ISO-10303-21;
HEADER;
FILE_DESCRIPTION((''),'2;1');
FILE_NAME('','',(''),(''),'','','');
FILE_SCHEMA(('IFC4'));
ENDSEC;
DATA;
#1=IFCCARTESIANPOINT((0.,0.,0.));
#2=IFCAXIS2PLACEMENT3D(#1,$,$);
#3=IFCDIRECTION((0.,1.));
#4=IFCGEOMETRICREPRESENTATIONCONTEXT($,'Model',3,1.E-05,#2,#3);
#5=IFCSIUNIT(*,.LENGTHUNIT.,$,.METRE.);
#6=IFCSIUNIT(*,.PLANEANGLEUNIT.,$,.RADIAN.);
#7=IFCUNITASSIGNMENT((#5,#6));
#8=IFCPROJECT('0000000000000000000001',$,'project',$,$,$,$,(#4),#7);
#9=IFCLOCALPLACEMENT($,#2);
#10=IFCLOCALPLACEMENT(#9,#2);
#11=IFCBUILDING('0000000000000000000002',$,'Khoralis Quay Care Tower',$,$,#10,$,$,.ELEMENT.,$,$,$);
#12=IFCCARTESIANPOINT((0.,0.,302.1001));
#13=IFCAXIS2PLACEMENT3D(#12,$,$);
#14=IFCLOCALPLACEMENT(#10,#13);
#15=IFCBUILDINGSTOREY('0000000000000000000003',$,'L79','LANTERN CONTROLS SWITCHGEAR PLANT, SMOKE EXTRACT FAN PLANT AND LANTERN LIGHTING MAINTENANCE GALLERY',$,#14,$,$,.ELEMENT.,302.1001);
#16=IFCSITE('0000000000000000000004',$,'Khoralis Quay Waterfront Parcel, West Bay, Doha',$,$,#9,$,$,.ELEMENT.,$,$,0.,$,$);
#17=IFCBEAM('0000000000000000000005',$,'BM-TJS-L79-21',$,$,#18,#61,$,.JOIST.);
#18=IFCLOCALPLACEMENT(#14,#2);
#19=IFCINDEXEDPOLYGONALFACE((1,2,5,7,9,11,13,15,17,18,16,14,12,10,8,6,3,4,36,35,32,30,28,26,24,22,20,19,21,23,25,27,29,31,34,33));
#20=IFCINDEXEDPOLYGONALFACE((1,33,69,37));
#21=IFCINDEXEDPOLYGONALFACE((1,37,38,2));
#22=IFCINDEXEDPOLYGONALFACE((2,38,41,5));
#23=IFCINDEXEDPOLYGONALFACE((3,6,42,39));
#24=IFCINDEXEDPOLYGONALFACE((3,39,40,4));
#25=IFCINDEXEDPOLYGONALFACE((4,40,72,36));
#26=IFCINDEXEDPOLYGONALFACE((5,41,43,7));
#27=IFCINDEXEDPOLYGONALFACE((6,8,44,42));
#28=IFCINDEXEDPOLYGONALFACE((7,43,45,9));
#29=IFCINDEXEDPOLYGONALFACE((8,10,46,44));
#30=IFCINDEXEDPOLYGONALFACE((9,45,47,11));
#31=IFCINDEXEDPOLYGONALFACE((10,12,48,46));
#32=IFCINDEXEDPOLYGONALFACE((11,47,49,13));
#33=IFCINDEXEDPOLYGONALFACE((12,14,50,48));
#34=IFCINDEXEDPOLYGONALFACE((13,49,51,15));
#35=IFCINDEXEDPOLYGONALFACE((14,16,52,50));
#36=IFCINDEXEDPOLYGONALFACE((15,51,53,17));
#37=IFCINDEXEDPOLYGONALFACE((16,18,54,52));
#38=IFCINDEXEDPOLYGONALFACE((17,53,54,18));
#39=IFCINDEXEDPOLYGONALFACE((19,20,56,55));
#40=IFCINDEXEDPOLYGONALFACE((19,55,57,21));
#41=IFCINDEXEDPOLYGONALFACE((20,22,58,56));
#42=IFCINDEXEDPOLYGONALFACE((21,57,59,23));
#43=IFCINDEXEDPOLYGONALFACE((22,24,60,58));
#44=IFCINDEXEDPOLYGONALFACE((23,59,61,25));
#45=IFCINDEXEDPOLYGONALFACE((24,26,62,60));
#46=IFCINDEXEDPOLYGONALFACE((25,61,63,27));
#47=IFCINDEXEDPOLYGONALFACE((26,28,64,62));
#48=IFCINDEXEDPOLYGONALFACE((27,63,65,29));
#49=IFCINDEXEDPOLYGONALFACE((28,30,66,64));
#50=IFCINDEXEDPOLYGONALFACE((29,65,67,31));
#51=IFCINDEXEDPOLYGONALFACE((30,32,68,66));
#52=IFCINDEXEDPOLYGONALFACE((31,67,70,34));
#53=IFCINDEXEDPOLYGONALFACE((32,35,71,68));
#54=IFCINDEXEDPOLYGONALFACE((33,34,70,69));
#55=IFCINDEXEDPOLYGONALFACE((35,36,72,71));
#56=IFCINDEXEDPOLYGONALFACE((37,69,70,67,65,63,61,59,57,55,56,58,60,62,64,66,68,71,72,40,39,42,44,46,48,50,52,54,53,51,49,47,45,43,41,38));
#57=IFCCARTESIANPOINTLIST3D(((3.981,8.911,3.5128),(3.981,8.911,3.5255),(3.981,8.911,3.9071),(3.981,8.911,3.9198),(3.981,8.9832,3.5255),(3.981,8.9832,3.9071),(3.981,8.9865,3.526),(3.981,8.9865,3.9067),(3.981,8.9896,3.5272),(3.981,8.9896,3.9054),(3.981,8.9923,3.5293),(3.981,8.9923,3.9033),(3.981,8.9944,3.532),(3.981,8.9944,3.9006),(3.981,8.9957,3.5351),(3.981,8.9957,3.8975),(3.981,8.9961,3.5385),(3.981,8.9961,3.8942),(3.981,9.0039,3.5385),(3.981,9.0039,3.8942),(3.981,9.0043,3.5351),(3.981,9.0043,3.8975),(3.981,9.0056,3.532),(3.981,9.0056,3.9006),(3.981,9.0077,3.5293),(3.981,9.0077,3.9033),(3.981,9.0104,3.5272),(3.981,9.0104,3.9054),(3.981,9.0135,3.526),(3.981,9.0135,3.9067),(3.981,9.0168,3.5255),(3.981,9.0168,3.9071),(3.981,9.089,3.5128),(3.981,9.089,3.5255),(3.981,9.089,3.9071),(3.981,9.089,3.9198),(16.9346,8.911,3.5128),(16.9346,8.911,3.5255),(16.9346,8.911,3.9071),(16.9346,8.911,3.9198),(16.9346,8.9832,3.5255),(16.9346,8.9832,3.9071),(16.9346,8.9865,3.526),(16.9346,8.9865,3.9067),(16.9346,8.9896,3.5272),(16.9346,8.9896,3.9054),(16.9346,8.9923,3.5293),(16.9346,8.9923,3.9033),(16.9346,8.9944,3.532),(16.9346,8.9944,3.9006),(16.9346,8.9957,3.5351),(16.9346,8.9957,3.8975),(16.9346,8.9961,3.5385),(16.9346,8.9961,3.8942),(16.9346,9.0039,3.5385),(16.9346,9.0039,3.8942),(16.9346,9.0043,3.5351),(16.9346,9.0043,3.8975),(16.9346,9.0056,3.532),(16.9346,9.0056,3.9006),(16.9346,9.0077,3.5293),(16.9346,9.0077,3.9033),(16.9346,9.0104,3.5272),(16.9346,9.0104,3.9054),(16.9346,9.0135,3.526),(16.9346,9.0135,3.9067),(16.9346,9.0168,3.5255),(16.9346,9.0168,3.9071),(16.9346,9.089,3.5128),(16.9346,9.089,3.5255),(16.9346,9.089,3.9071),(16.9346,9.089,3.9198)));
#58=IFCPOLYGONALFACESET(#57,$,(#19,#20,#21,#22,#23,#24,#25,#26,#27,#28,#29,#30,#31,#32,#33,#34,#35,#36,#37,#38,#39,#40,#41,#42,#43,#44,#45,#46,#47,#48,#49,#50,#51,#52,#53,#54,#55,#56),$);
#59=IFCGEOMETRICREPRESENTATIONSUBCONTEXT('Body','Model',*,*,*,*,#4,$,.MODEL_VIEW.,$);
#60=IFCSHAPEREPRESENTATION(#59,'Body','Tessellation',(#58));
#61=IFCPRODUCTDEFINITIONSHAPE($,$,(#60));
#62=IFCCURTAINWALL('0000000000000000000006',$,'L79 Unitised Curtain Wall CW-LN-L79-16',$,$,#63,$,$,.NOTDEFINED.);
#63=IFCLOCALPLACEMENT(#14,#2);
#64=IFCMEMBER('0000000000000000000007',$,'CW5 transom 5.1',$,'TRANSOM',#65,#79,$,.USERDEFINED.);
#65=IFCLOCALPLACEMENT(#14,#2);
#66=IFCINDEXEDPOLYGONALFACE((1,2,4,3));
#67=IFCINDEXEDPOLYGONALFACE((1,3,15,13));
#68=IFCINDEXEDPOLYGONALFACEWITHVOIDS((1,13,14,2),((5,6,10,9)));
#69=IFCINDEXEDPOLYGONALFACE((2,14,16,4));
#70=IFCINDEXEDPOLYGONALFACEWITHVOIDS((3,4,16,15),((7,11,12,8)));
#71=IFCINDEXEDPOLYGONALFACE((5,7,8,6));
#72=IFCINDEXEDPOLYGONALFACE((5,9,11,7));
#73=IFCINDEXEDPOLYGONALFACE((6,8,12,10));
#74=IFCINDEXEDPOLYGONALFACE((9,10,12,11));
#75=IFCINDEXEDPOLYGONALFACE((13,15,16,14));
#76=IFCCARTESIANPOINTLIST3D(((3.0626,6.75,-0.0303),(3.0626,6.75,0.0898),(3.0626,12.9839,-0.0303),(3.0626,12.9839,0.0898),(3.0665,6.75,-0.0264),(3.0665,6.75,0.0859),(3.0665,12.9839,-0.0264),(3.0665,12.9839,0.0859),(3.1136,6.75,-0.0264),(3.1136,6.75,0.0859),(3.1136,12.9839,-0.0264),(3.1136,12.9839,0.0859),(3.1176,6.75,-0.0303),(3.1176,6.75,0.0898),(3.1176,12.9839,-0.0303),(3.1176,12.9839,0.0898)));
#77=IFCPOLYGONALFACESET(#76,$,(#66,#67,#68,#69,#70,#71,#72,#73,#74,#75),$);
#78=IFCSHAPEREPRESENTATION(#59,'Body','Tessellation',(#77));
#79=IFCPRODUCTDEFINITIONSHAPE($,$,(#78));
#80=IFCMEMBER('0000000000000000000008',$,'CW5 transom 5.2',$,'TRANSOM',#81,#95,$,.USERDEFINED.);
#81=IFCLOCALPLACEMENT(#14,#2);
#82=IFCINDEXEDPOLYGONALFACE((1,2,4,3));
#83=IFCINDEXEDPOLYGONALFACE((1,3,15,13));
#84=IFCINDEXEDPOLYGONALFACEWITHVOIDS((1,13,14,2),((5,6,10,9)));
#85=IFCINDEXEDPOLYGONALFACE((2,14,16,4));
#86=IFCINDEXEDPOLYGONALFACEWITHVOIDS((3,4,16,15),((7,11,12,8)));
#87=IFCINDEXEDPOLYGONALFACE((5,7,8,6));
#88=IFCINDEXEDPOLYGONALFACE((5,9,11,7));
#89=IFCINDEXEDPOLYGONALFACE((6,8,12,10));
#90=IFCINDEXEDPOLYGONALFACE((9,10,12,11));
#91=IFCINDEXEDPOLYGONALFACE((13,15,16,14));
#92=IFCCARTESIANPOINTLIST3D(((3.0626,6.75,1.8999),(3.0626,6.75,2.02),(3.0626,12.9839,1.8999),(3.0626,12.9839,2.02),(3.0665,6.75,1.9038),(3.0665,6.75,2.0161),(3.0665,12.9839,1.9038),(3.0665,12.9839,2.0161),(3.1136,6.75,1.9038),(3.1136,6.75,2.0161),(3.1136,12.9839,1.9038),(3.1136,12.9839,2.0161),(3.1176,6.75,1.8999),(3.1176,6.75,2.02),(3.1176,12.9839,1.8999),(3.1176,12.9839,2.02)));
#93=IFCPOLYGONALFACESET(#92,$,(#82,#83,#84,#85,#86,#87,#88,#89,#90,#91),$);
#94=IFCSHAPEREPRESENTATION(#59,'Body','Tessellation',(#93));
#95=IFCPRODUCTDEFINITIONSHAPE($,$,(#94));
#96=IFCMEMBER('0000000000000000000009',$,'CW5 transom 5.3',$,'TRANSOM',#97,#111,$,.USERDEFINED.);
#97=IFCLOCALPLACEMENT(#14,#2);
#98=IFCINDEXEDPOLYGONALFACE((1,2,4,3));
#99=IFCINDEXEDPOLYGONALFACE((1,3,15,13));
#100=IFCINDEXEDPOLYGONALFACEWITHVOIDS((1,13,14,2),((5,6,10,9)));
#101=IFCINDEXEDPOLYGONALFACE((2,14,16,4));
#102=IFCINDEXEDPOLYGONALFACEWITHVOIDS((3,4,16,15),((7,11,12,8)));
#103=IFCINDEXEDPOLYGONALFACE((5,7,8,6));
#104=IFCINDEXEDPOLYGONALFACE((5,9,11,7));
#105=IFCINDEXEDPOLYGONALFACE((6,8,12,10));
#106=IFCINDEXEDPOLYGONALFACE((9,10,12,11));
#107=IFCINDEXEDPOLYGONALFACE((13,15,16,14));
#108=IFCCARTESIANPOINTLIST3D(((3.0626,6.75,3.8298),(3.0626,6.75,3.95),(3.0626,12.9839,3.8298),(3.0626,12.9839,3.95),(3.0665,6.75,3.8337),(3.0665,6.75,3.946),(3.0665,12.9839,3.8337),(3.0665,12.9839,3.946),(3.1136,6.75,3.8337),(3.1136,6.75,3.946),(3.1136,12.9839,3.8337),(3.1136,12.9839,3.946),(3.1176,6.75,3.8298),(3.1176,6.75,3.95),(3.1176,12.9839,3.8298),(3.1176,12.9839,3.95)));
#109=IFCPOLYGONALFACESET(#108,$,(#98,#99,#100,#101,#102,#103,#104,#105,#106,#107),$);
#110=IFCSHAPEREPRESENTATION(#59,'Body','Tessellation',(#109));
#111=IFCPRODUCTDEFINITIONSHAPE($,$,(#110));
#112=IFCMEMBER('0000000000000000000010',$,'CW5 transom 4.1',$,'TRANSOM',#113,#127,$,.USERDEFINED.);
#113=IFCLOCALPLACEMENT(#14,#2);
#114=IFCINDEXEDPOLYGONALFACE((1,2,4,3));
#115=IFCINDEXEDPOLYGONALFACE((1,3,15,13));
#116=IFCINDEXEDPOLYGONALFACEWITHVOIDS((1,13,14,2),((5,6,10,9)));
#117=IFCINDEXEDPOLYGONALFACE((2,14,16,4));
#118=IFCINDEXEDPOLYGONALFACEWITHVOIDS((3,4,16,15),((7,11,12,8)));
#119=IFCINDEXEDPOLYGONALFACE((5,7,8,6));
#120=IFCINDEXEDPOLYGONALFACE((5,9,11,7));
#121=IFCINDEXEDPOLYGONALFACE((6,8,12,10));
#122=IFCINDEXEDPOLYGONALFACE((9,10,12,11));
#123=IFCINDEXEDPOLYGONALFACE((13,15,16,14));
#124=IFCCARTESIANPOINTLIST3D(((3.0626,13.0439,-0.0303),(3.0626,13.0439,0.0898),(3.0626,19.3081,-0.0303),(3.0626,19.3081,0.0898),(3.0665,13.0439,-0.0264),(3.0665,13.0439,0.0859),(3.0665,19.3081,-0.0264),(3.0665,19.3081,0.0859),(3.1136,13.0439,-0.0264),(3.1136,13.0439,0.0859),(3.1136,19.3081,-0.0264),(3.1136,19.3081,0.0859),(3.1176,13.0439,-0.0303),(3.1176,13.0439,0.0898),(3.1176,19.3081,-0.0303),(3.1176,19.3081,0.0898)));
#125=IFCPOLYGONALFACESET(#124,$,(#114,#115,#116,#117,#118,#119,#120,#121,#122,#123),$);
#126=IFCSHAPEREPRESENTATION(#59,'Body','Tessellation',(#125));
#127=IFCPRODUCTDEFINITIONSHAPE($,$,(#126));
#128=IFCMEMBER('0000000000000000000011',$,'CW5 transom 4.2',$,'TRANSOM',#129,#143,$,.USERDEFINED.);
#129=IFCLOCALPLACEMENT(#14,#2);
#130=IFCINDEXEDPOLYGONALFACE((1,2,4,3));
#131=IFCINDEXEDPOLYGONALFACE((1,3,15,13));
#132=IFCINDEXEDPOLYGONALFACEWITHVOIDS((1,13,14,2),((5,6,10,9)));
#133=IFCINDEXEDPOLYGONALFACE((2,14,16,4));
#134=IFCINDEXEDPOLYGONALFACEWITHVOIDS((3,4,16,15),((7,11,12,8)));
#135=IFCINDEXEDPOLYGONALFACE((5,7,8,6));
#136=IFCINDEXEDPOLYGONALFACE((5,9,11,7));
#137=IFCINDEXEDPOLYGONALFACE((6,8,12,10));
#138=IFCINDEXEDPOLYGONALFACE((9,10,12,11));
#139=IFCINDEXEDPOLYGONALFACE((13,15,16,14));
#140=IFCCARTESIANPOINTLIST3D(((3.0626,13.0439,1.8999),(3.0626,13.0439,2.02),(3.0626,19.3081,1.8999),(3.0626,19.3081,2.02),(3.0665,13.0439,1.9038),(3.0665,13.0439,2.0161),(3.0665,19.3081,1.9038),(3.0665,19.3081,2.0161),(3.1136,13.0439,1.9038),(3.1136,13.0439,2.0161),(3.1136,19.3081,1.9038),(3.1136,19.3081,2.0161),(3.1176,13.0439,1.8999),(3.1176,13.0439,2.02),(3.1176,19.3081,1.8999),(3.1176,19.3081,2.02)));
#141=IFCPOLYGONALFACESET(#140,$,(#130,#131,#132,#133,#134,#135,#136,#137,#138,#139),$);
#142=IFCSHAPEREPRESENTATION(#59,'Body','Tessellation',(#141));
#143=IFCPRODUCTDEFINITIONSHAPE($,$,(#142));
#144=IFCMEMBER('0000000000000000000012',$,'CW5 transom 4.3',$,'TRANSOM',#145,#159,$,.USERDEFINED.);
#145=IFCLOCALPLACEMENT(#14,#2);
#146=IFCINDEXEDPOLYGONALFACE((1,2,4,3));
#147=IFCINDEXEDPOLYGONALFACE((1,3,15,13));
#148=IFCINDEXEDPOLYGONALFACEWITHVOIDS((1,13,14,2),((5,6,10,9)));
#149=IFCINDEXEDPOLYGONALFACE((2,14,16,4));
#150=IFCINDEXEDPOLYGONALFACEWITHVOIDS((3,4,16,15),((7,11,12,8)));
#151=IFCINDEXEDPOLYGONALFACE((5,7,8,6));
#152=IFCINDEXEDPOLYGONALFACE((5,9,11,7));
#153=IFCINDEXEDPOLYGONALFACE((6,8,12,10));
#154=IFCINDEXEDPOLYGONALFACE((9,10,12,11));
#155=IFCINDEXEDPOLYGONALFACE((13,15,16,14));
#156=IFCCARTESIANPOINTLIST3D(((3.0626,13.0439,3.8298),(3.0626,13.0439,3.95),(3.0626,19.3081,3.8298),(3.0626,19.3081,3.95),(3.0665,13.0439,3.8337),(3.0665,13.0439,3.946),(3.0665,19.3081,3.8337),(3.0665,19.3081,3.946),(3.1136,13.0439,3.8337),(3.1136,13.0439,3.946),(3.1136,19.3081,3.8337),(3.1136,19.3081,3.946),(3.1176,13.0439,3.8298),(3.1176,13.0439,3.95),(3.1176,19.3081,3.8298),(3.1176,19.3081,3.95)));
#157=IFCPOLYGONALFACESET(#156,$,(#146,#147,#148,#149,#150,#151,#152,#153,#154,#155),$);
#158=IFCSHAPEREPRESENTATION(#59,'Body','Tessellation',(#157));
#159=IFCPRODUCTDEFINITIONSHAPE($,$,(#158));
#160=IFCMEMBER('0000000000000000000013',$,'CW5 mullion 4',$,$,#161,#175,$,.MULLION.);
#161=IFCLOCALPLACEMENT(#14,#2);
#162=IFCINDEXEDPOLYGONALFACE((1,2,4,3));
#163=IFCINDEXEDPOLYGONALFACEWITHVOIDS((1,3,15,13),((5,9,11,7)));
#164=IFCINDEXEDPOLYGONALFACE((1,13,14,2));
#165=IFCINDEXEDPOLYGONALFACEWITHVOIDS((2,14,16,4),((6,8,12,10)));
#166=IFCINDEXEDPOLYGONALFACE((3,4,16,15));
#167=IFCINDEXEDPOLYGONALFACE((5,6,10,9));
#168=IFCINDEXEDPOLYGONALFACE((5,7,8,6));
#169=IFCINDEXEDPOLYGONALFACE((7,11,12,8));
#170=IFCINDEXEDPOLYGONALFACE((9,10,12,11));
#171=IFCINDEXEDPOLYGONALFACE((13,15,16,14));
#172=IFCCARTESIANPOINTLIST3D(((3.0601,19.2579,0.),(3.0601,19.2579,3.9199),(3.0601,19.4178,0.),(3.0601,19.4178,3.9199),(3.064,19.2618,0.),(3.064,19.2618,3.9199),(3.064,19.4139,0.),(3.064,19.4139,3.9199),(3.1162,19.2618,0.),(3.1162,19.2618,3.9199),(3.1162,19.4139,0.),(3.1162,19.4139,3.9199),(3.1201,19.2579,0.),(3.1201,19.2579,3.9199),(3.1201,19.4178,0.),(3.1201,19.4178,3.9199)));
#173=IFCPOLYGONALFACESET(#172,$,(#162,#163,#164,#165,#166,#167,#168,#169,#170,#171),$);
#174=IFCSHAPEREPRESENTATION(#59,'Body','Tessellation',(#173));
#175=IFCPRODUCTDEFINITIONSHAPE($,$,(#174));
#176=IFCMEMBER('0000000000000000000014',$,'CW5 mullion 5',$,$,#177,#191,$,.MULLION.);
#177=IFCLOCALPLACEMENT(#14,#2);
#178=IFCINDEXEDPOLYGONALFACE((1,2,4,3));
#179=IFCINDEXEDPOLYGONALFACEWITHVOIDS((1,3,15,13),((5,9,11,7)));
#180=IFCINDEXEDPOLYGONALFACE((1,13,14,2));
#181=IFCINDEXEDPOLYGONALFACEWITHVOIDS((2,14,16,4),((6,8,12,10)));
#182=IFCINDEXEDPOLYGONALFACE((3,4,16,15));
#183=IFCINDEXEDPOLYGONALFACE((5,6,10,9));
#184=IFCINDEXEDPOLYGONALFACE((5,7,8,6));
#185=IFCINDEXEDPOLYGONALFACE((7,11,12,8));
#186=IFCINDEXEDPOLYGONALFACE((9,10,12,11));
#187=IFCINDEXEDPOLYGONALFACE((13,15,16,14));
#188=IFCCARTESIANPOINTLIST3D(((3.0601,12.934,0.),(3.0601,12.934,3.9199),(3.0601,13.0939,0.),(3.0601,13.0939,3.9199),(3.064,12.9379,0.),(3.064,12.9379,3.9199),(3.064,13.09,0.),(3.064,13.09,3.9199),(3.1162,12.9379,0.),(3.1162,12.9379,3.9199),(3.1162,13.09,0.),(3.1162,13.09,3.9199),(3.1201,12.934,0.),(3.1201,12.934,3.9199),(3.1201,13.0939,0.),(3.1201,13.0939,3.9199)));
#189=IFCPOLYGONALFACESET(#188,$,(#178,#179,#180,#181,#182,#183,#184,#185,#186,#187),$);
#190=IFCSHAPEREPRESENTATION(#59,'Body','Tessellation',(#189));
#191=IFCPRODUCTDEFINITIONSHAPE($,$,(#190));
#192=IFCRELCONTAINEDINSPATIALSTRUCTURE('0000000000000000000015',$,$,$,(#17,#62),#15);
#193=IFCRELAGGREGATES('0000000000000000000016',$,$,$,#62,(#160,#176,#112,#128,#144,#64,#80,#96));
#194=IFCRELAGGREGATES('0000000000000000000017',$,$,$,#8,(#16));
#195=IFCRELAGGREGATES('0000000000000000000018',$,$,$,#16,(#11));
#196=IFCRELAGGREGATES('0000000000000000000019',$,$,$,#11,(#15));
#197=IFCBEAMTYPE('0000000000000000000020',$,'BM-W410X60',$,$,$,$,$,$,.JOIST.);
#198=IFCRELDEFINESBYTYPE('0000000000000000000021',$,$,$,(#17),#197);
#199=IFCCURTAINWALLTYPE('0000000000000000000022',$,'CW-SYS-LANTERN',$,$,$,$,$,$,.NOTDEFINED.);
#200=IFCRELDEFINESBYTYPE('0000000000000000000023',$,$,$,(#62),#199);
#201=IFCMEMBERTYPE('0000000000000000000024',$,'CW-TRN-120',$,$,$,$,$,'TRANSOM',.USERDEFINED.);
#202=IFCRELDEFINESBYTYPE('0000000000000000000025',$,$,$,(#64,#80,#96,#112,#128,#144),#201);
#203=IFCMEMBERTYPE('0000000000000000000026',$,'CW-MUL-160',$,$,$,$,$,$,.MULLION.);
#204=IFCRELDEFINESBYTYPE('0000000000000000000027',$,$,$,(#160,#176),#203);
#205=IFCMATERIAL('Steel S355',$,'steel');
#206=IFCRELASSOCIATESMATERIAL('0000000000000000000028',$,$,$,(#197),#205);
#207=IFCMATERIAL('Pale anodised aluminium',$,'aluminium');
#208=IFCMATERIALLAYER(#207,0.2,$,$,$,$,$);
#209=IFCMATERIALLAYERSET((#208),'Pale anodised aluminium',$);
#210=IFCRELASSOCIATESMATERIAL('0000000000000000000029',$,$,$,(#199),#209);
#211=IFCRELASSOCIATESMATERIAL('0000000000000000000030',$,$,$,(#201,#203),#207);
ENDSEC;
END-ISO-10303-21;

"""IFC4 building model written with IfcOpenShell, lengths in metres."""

from ifc_helpers import new_model, si_unit, direction, frame, origin, origin_2d, place, context, subcontext, project, spatial, hollow_rectangle, i_section, extrude, source, transform, mapped, material, layer, layer_set, material_profile, profile_set, type_object, element, aggregate, save


model = new_model("IFC4")

# Units and contexts
model_context = context("Model", 3, precision=1e-05, world=origin(), true_north=direction((0.0, 1.0)))
body_context = subcontext(model_context, "Body", "Model", "MODEL_VIEW")
ifc_project = project(units=[si_unit("LENGTHUNIT", "METRE"), si_unit("PLANEANGLEUNIT", "RADIAN")], contexts=[model_context])

# Site, building, storey
site_placement = place(None, origin())
site = spatial("IfcSite", under=ifc_project, at=site_placement, Name="Khoralis Quay Waterfront Parcel, West Bay, Doha", CompositionType="ELEMENT", RefElevation=0.0)
building_placement = place(site_placement, origin())
building = spatial("IfcBuilding", under=site, at=building_placement, Name="Khoralis Quay Care Tower", CompositionType="ELEMENT")
storey_placement = place(building_placement, frame((0.0, 0.0, 302.1001)))
storey = spatial("IfcBuildingStorey", under=building, at=storey_placement, Name="L79", Description="LANTERN CONTROLS SWITCHGEAR PLANT, SMOKE EXTRACT FAN PLANT AND LANTERN LIGHTING MAINTENANCE GALLERY", CompositionType="ELEMENT", Elevation=302.1001)

# Beam
ifc_material_1 = material(Name="Steel S355", Category="steel")
ifc_material_profile_1 = material_profile(ifc_material_1, i_section(OverallWidth=0.178, OverallDepth=0.407, WebThickness=0.0078, FlangeThickness=0.0127, FilletRadius=0.0129, at=origin_2d()), Name="Steel S355")
ifc_profile_set_1 = profile_set([ifc_material_profile_1], Name="Steel S355")
beam_type_1 = type_object("IfcBeamType", Name="BM-W410X60", PredefinedType="JOIST", material=ifc_profile_set_1)
shared_shape_1 = source(origin(), body_context, "Body", "SweptSolid", [
    extrude(i_section(OverallWidth=0.178, OverallDepth=0.407, WebThickness=0.0078, FlangeThickness=0.0127, FilletRadius=0.0129, at=origin_2d()), origin(), (0.0, 0.0, 1.0), 12.9536),
])
beam_1_placement = place(storey_placement, frame((3.981, 9.0, 3.7163), z_axis=(1.0, 0.0, 0.0), x_axis=(0.0, 1.0, 0.0)))
element("IfcBeam", 1, at=beam_1_placement, inside=storey, type_object=beam_type_1, Name="BM-TJS-L79-21", PredefinedType="JOIST", context=body_context, shape_type="MappedRepresentation", body=[
    mapped(shared_shape_1, transform((0.0, 0.0, 0.0), scale=1.0)),
])

# Curtain wall, members
ifc_material_2 = material(Name="Pale anodised aluminium", Category="aluminium")
ifc_layer_1 = layer(ifc_material_2, 0.2)
ifc_layer_set_1 = layer_set([ifc_layer_1], Name="Pale anodised aluminium")
curtain_wall_type = type_object("IfcCurtainWallType", Name="CW-SYS-LANTERN", PredefinedType="NOTDEFINED", material=ifc_layer_set_1)
curtain_wall_1_placement = place(storey_placement, origin())
curtain_wall_1 = element("IfcCurtainWall", 2, at=curtain_wall_1_placement, inside=storey, type_object=curtain_wall_type, Name="L79 Unitised Curtain Wall CW-LN-L79-16", PredefinedType="NOTDEFINED")
ifc_material_profile_2 = material_profile(ifc_material_2, hollow_rectangle(XDim=0.0549, YDim=0.1201, WallThickness=0.0039, at=origin_2d()), Name="Pale anodised aluminium")
ifc_profile_set_2 = profile_set([ifc_material_profile_2], Name="Pale anodised aluminium")
member_type_1 = type_object("IfcMemberType", Name="CW-TRN-120", ElementType="TRANSOM", PredefinedType="USERDEFINED", material=ifc_profile_set_2)
shared_shape_2 = source(origin(), body_context, "Body", "SweptSolid", [
    extrude(hollow_rectangle(XDim=0.0549, YDim=0.1201, WallThickness=0.0039, at=origin_2d()), origin(), (0.0, 0.0, 1.0), 6.2339),
])
member_1_placement = place(storey_placement, frame((3.0901, 12.9839, 0.0298), z_axis=(0.0, -1.0, 0.0), x_axis=(1.0, 0.0, 0.0)))
member_1 = element("IfcMember", 3, at=member_1_placement, type_object=member_type_1, Name="CW5 transom 5.1", ObjectType="TRANSOM", PredefinedType="USERDEFINED", context=body_context, shape_type="MappedRepresentation", body=[
    mapped(shared_shape_2, transform((0.0, 0.0, 0.0), scale=1.0)),
])
member_2_placement = place(storey_placement, frame((3.0901, 12.9839, 1.96), z_axis=(0.0, -1.0, 0.0), x_axis=(1.0, 0.0, 0.0)))
member_2 = element("IfcMember", 4, at=member_2_placement, type_object=member_type_1, Name="CW5 transom 5.2", ObjectType="TRANSOM", PredefinedType="USERDEFINED", context=body_context, shape_type="MappedRepresentation", body=[
    mapped(shared_shape_2, transform((0.0, 0.0, 0.0), scale=1.0)),
])
member_3_placement = place(storey_placement, frame((3.0901, 12.9839, 3.8899), z_axis=(0.0, -1.0, 0.0), x_axis=(1.0, 0.0, 0.0)))
member_3 = element("IfcMember", 5, at=member_3_placement, type_object=member_type_1, Name="CW5 transom 5.3", ObjectType="TRANSOM", PredefinedType="USERDEFINED", context=body_context, shape_type="MappedRepresentation", body=[
    mapped(shared_shape_2, transform((0.0, 0.0, 0.0), scale=1.0)),
])
shared_shape_3 = source(origin(), body_context, "Body", "SweptSolid", [
    extrude(hollow_rectangle(XDim=0.0549, YDim=0.1201, WallThickness=0.0039, at=origin_2d()), origin(), (0.0, 0.0, 1.0), 6.2642),
])
member_4_placement = place(storey_placement, frame((3.0901, 19.3081, 0.0298), z_axis=(0.0, -1.0, 0.0), x_axis=(1.0, 0.0, 0.0)))
member_4 = element("IfcMember", 6, at=member_4_placement, type_object=member_type_1, Name="CW5 transom 4.1", ObjectType="TRANSOM", PredefinedType="USERDEFINED", context=body_context, shape_type="MappedRepresentation", body=[
    mapped(shared_shape_3, transform((0.0, 0.0, 0.0), scale=1.0)),
])
member_5_placement = place(storey_placement, frame((3.0901, 19.3081, 1.96), z_axis=(0.0, -1.0, 0.0), x_axis=(1.0, 0.0, 0.0)))
member_5 = element("IfcMember", 7, at=member_5_placement, type_object=member_type_1, Name="CW5 transom 4.2", ObjectType="TRANSOM", PredefinedType="USERDEFINED", context=body_context, shape_type="MappedRepresentation", body=[
    mapped(shared_shape_3, transform((0.0, 0.0, 0.0), scale=1.0)),
])
member_6_placement = place(storey_placement, frame((3.0901, 19.3081, 3.8899), z_axis=(0.0, -1.0, 0.0), x_axis=(1.0, 0.0, 0.0)))
member_6 = element("IfcMember", 8, at=member_6_placement, type_object=member_type_1, Name="CW5 transom 4.3", ObjectType="TRANSOM", PredefinedType="USERDEFINED", context=body_context, shape_type="MappedRepresentation", body=[
    mapped(shared_shape_3, transform((0.0, 0.0, 0.0), scale=1.0)),
])
ifc_material_profile_3 = material_profile(ifc_material_2, hollow_rectangle(XDim=0.0601, YDim=0.1599, WallThickness=0.0039, at=origin_2d()), Name="Pale anodised aluminium")
ifc_profile_set_3 = profile_set([ifc_material_profile_3], Name="Pale anodised aluminium")
member_type_2 = type_object("IfcMemberType", Name="CW-MUL-160", PredefinedType="MULLION", material=ifc_profile_set_3)
shared_shape_4 = source(origin(), body_context, "Body", "SweptSolid", [
    extrude(hollow_rectangle(XDim=0.0601, YDim=0.1599, WallThickness=0.0039, at=origin_2d()), origin(), (0.0, 0.0, 1.0), 3.9199),
])
member_7_placement = place(storey_placement, frame((3.0901, 19.3379, 0.0), z_axis=(0.0, 0.0, 1.0), x_axis=(1.0, 0.0, 0.0)))
member_7 = element("IfcMember", 9, at=member_7_placement, type_object=member_type_2, Name="CW5 mullion 4", PredefinedType="MULLION", context=body_context, shape_type="MappedRepresentation", body=[
    mapped(shared_shape_4, transform((0.0, 0.0, 0.0), scale=1.0)),
])
member_8_placement = place(storey_placement, frame((3.0901, 13.0139, 0.0), z_axis=(0.0, 0.0, 1.0), x_axis=(1.0, 0.0, 0.0)))
member_8 = element("IfcMember", 10, at=member_8_placement, type_object=member_type_2, Name="CW5 mullion 5", PredefinedType="MULLION", context=body_context, shape_type="MappedRepresentation", body=[
    mapped(shared_shape_4, transform((0.0, 0.0, 0.0), scale=1.0)),
])

aggregate(curtain_wall_1, [member_7, member_8, member_4, member_5, member_6, member_1, member_2, member_3])

save(model, "model.ifc")
